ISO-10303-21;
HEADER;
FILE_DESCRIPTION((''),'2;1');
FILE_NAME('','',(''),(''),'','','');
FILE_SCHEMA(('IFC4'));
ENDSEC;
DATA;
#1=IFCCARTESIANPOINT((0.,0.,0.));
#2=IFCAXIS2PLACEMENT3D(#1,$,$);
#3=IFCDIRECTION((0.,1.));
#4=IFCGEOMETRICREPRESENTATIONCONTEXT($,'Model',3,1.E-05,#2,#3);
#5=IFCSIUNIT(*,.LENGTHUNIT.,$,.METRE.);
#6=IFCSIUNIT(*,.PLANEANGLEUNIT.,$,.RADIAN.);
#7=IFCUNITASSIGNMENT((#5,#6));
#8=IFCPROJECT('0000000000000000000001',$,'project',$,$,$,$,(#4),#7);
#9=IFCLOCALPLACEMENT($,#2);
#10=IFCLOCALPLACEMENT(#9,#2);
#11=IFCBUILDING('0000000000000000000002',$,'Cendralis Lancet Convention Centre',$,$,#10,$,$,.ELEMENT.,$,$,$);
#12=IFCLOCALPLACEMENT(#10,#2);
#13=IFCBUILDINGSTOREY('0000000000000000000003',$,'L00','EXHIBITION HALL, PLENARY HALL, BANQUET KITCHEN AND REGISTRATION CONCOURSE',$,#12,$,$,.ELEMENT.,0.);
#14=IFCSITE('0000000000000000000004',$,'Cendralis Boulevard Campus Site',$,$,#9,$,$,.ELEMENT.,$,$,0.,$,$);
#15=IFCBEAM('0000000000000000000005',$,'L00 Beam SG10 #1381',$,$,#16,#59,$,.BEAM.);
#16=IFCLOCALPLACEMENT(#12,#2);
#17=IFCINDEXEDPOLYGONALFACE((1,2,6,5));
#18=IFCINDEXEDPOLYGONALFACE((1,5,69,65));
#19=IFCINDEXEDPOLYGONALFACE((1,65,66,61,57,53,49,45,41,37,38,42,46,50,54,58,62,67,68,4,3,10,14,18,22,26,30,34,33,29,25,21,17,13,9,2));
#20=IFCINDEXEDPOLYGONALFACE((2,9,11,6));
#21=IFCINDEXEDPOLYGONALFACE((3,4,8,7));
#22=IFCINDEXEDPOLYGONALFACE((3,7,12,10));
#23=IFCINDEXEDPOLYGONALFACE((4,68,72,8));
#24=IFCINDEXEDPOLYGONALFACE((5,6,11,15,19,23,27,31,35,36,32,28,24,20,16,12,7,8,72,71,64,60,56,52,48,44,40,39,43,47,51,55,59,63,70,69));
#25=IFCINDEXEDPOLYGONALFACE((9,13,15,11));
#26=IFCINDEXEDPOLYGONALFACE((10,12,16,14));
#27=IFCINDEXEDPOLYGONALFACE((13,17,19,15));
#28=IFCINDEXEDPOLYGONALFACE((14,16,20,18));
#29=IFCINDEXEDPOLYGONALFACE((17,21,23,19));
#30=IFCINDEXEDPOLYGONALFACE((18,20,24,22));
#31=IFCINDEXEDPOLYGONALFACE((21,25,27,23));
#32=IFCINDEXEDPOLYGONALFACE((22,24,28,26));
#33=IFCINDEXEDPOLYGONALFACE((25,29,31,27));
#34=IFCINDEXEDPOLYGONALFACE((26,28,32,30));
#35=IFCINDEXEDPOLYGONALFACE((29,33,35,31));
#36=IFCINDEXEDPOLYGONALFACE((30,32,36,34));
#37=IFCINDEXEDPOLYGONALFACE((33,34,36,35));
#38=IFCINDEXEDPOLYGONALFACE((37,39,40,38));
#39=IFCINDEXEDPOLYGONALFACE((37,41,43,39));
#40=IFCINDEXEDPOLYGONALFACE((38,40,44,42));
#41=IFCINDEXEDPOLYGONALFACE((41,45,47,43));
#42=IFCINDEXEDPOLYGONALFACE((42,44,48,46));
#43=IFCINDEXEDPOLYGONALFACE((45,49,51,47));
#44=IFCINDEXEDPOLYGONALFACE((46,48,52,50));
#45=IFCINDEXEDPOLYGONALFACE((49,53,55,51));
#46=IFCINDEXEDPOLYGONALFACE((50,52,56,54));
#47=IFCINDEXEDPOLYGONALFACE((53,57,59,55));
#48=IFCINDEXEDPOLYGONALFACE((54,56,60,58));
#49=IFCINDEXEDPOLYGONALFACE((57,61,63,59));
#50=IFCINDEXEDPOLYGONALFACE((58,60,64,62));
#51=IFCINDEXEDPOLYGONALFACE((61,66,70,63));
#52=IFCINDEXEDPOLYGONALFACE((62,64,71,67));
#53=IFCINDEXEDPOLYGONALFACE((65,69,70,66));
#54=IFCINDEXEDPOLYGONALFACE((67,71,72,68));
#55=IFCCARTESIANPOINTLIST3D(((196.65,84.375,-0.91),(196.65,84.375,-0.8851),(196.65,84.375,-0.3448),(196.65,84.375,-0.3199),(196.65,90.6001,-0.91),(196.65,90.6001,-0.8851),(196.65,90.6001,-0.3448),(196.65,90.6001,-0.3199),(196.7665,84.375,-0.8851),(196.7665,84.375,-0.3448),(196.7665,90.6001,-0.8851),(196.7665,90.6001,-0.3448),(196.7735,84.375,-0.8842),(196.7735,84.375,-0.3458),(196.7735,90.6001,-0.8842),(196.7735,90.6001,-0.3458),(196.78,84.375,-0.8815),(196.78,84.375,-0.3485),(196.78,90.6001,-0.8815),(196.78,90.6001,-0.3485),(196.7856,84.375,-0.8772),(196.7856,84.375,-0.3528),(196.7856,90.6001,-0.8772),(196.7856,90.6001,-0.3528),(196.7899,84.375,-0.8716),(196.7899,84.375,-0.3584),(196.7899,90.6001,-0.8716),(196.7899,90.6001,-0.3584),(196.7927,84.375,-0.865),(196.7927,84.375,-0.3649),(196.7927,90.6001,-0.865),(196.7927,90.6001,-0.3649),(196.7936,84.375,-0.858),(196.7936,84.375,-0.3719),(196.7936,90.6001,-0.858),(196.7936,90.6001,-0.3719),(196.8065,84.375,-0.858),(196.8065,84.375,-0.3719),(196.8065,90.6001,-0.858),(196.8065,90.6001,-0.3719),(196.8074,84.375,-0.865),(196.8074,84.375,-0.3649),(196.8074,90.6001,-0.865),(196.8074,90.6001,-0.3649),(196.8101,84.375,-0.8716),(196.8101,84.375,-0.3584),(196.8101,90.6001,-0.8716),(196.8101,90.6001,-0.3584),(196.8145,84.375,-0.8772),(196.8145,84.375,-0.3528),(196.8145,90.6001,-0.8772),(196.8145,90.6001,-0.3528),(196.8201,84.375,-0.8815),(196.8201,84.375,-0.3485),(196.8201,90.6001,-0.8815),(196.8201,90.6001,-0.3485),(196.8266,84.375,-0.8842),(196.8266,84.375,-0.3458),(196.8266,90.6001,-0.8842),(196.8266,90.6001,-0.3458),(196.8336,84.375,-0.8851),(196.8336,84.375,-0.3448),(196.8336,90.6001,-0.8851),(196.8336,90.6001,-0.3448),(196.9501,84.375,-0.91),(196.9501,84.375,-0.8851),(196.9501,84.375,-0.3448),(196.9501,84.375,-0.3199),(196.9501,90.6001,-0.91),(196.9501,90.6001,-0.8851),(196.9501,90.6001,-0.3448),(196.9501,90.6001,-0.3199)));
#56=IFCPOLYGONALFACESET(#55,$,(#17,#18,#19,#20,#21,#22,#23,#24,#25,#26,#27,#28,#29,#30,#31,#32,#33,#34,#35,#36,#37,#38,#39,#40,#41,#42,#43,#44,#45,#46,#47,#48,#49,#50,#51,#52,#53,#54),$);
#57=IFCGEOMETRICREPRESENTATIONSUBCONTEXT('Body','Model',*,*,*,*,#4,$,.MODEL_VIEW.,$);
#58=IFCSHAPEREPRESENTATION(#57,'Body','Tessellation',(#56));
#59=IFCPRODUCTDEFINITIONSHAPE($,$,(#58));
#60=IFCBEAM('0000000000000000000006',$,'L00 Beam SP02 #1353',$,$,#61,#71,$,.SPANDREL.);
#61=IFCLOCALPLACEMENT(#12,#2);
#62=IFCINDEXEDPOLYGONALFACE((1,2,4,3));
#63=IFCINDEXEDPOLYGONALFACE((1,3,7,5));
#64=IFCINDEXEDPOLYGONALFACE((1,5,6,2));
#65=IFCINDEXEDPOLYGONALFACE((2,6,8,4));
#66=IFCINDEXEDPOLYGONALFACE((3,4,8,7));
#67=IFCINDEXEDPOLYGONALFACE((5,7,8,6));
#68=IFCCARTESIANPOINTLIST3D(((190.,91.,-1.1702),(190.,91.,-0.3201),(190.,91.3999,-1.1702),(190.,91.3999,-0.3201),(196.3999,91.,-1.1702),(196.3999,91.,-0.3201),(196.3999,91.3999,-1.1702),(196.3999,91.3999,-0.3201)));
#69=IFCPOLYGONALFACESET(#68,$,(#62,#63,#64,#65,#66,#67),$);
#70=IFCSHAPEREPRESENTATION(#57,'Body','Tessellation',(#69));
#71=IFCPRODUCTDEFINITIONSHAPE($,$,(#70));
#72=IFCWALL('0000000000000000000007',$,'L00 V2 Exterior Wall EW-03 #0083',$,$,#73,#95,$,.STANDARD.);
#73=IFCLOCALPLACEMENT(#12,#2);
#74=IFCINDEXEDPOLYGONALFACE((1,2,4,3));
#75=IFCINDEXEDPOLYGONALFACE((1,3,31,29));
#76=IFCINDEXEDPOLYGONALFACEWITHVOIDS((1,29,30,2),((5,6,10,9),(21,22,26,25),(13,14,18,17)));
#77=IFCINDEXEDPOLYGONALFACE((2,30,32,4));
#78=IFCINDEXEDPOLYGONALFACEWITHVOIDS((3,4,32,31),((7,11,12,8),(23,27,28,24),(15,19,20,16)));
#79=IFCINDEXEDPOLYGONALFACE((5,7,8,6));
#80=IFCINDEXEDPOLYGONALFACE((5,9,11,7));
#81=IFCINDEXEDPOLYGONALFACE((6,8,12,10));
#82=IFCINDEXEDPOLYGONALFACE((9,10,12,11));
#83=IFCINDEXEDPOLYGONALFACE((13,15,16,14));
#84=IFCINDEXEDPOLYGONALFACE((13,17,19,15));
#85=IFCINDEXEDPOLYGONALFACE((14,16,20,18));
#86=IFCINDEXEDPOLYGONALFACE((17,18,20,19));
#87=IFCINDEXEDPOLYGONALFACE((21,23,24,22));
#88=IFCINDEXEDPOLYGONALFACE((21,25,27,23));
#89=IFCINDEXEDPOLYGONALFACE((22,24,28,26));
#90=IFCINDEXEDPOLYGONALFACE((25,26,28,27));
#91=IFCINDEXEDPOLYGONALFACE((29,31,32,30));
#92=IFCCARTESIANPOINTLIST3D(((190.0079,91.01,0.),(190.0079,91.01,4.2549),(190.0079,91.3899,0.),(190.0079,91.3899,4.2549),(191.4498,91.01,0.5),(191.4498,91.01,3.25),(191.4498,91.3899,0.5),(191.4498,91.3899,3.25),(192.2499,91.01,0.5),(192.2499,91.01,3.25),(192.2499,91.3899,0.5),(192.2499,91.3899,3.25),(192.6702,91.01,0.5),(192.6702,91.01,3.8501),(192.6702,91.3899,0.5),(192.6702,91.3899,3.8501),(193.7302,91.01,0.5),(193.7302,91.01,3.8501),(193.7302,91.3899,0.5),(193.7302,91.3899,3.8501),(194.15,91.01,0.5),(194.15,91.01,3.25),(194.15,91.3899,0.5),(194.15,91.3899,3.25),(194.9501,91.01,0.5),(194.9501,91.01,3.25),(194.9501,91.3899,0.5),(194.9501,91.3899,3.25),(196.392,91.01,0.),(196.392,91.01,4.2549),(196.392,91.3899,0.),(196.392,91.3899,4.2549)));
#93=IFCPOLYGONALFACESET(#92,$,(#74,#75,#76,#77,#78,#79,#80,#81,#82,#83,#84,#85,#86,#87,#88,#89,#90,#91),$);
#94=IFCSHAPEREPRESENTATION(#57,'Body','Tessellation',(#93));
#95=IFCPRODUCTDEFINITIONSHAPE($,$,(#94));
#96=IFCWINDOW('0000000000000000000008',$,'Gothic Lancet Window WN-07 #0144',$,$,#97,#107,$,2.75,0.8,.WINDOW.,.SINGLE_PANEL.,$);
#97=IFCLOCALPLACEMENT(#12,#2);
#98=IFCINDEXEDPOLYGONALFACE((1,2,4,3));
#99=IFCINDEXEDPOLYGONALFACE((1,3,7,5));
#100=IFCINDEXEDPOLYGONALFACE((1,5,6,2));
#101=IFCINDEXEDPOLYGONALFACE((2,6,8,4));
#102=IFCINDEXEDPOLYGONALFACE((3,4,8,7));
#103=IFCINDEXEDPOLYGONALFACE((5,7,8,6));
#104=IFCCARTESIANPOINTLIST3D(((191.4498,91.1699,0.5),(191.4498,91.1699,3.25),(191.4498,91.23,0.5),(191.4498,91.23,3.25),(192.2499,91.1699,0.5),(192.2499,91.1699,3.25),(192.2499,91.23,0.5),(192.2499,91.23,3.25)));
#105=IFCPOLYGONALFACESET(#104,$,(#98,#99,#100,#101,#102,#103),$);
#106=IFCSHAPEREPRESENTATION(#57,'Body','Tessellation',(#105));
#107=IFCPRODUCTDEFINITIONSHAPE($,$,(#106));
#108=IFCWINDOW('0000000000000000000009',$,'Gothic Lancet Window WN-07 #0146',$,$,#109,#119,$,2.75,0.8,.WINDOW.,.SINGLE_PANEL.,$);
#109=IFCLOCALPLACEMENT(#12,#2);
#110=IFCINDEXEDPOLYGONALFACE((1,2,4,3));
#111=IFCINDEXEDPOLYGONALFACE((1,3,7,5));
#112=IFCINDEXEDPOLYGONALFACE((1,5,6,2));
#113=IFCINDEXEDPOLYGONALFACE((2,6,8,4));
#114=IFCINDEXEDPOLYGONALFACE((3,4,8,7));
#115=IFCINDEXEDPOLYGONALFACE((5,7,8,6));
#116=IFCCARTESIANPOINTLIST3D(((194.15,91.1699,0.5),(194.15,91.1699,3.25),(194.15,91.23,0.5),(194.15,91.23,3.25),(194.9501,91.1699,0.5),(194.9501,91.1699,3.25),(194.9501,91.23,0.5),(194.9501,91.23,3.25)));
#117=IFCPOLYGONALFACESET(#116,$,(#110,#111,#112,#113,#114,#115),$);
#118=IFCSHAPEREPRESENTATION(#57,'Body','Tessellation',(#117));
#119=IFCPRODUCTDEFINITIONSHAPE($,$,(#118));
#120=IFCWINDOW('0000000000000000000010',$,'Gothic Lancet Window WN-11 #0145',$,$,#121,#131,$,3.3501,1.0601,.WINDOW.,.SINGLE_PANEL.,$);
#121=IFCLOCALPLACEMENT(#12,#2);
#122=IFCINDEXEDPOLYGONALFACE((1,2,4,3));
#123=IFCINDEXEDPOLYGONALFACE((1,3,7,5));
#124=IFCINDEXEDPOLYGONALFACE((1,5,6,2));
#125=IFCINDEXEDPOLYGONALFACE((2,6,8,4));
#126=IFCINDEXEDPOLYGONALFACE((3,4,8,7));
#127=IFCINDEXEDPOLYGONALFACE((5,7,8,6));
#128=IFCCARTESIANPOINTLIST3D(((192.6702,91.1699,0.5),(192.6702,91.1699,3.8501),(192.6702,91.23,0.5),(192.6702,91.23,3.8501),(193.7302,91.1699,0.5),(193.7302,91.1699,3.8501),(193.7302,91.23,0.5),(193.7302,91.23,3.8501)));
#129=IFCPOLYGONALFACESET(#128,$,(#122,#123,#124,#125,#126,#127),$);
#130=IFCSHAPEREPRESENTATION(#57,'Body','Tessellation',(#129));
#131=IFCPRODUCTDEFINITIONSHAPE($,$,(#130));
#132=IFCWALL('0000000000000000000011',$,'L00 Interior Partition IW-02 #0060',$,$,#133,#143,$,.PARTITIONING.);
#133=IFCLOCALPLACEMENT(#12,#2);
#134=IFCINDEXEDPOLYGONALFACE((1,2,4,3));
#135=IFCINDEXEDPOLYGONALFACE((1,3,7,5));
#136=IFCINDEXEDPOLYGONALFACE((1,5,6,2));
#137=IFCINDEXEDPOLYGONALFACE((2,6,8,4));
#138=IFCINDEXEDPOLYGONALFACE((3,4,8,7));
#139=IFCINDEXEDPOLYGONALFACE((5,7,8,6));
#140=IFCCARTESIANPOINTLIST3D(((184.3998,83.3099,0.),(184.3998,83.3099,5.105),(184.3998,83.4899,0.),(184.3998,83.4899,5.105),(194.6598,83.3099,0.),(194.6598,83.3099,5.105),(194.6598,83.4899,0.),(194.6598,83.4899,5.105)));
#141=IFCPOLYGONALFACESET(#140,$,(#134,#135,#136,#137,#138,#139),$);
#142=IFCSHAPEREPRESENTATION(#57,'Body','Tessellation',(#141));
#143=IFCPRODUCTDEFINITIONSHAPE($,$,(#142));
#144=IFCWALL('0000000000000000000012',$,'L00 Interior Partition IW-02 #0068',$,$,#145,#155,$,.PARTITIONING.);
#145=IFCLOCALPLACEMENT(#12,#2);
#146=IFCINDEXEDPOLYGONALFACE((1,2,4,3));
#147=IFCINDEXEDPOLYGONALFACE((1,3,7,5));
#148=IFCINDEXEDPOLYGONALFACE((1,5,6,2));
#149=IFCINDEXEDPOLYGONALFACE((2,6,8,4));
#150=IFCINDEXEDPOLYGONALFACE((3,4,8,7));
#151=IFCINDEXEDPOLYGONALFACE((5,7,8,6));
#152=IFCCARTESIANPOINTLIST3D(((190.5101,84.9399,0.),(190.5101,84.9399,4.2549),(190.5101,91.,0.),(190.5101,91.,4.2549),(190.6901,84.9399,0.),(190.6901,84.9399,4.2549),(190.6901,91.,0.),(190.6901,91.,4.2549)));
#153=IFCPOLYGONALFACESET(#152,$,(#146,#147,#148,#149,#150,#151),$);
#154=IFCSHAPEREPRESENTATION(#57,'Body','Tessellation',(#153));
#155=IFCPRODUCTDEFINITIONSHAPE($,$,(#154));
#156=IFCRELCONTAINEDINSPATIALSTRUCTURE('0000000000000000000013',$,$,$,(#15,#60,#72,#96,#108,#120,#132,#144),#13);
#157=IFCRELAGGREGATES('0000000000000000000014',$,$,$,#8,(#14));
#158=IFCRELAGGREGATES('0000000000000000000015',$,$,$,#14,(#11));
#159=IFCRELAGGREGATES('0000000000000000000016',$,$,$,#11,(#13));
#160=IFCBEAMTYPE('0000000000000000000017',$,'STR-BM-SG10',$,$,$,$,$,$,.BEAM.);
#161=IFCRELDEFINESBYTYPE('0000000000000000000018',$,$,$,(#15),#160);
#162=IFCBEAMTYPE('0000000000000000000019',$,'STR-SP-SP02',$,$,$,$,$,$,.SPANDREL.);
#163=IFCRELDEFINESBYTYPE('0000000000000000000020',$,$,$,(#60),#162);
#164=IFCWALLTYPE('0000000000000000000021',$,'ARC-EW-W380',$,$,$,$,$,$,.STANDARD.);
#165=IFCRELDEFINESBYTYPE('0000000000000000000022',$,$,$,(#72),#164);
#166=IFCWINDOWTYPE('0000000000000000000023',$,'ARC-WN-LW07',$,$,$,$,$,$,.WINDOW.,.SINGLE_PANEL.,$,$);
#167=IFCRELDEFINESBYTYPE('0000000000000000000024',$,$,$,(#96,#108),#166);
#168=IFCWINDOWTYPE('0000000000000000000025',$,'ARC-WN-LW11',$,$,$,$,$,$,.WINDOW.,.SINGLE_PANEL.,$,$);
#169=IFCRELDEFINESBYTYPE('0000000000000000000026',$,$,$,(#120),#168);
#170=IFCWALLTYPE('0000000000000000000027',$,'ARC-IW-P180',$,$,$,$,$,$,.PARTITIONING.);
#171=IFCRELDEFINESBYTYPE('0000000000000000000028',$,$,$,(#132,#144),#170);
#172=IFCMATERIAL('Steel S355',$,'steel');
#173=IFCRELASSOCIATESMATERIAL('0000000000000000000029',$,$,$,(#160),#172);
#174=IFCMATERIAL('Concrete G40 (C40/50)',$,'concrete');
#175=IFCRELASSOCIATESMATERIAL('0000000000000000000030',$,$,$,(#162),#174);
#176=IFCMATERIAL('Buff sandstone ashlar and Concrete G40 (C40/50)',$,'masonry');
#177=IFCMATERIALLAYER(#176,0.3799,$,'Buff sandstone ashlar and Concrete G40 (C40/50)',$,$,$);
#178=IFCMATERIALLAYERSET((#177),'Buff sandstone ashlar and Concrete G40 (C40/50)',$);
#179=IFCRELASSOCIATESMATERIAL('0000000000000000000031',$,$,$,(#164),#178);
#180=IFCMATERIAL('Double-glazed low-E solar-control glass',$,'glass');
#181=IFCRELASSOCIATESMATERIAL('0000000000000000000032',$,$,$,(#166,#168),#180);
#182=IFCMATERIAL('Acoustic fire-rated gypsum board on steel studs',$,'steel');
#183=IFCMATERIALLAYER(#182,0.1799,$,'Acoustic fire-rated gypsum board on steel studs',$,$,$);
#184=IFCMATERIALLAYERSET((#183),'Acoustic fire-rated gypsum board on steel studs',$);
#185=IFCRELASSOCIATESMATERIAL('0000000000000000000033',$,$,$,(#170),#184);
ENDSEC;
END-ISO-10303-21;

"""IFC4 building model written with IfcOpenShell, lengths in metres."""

from ifc_helpers import new_model, si_unit, direction, frame, frame_2d, origin, origin_2d, place, context, subcontext, project, spatial, rectangle, i_section, extrude, material, layer, layer_set, material_profile, profile_set, type_object, element, fill, save


model = new_model("IFC4")

# Units and contexts
model_context = context("Model", 3, precision=1e-05, world=origin(), true_north=direction((0.0, 1.0)))
body_context = subcontext(model_context, "Body", "Model", "MODEL_VIEW")
ifc_project = project(units=[si_unit("LENGTHUNIT", "METRE"), si_unit("PLANEANGLEUNIT", "RADIAN")], contexts=[model_context])

# Site, building, storey
site_placement = place(None, origin())
site = spatial("IfcSite", under=ifc_project, at=site_placement, Name="Cendralis Boulevard Campus Site", CompositionType="ELEMENT", RefElevation=0.0)
building_placement = place(site_placement, origin())
building = spatial("IfcBuilding", under=site, at=building_placement, Name="Cendralis Lancet Convention Centre", CompositionType="ELEMENT")
storey_placement = place(building_placement, origin())
storey = spatial("IfcBuildingStorey", under=building, at=storey_placement, Name="L00", Description="EXHIBITION HALL, PLENARY HALL, BANQUET KITCHEN AND REGISTRATION CONCOURSE", CompositionType="ELEMENT", Elevation=0.0)

# Shared definitions
ifc_material_1 = material(Name="Concrete G40 (C40/50)", Category="concrete")

# Beams
ifc_material_2 = material(Name="Steel S355", Category="steel")
ifc_material_profile_1 = material_profile(ifc_material_2, i_section(OverallWidth=0.3, OverallDepth=0.5901, WebThickness=0.0129, FlangeThickness=0.0249, FilletRadius=0.0271, at=origin_2d()), Name="HEA 600")
ifc_profile_set_1 = profile_set([ifc_material_profile_1], Name="Steel S355")
beam_type_1 = type_object("IfcBeamType", Name="STR-BM-SG10", PredefinedType="BEAM", material=ifc_profile_set_1)
beam_1_placement = place(storey_placement, frame((196.8, 84.375, -0.615), z_axis=(0.0, 1.0, 0.0), x_axis=(-1.0, 0.0, 0.0)))
element("IfcBeam", 1, at=beam_1_placement, inside=storey, type_object=beam_type_1, Name="L00 Beam SG10 #1381", PredefinedType="BEAM", context=body_context, shape_type="SweptSolid", body=[
    extrude(i_section(OverallWidth=0.3, OverallDepth=0.5901, WebThickness=0.0129, FlangeThickness=0.0249, FilletRadius=0.0271, at=origin_2d()), origin(), (0.0, 0.0, 1.0), 6.2251),
])
ifc_material_profile_2 = material_profile(ifc_material_1, rectangle(XDim=0.3999, YDim=0.8501, at=origin_2d()), Name="RCB 400x850")
ifc_profile_set_2 = profile_set([ifc_material_profile_2], Name="Concrete G40 (C40/50)")
beam_type_2 = type_object("IfcBeamType", Name="STR-SP-SP02", PredefinedType="SPANDREL", material=ifc_profile_set_2)
beam_2_placement = place(storey_placement, frame((190.0, 91.2, -0.7451), z_axis=(1.0, 0.0, 0.0), x_axis=(0.0, 1.0, 0.0)))
element("IfcBeam", 2, at=beam_2_placement, inside=storey, type_object=beam_type_2, Name="L00 Beam SP02 #1353", PredefinedType="SPANDREL", context=body_context, shape_type="SweptSolid", body=[
    extrude(rectangle(XDim=0.3999, YDim=0.8501, at=origin_2d()), origin(), (0.0, 0.0, 1.0), 6.3999),
])

# Wall, openings, windows
ifc_material_3 = material(Name="Buff sandstone ashlar and Concrete G40 (C40/50)", Category="masonry")
ifc_layer_1 = layer(ifc_material_3, 0.3799, Name="Buff sandstone ashlar and Concrete G40 (C40/50)")
ifc_layer_set_1 = layer_set([ifc_layer_1], Name="Buff sandstone ashlar and Concrete G40 (C40/50)")
wall_type_1 = type_object("IfcWallType", Name="ARC-EW-W380", PredefinedType="STANDARD", material=ifc_layer_set_1)
wall_1_placement = place(storey_placement, frame((190.0081, 91.2, 0.0), z_axis=(0.0, 0.0, 1.0), x_axis=(1.0, 0.0, 0.0)))
wall_1 = element("IfcWall", 3, at=wall_1_placement, inside=storey, type_object=wall_type_1, Name="L00 V2 Exterior Wall EW-03 #0083", PredefinedType="STANDARD", context=body_context, shape_type="SweptSolid", body=[
    extrude(rectangle(XDim=6.384, YDim=0.3799, at=frame_2d((3.1919, 0.0))), origin(), (0.0, 0.0, 1.0), 4.2549),
])
opening_1_placement = place(wall_1_placement, frame((1.4419, 0.0, 0.5)))
opening_1 = element("IfcOpeningElement", 4, at=opening_1_placement, cuts=wall_1, PredefinedType="OPENING", context=body_context, shape_type="SweptSolid", body=[
    extrude(rectangle(XDim=0.8, YDim=2.75, at=frame_2d((0.3999, 1.375))), frame((0.0, 0.2, 0.0), z_axis=(0.0, -1.0, 0.0), x_axis=(1.0, 0.0, 0.0)), (0.0, 0.0, 1.0), 0.3999),
])
opening_2_placement = place(wall_1_placement, frame((2.6621, 0.0, 0.5)))
opening_2 = element("IfcOpeningElement", 5, at=opening_2_placement, cuts=wall_1, PredefinedType="OPENING", context=body_context, shape_type="SweptSolid", body=[
    extrude(rectangle(XDim=1.0601, YDim=3.3501, at=frame_2d((0.53, 1.675))), frame((0.0, 0.2, 0.0), z_axis=(0.0, -1.0, 0.0), x_axis=(1.0, 0.0, 0.0)), (0.0, 0.0, 1.0), 0.3999),
])
opening_3_placement = place(wall_1_placement, frame((4.1421, 0.0, 0.5)))
opening_3 = element("IfcOpeningElement", 6, at=opening_3_placement, cuts=wall_1, PredefinedType="OPENING", context=body_context, shape_type="SweptSolid", body=[
    extrude(rectangle(XDim=0.8, YDim=2.75, at=frame_2d((0.3999, 1.375))), frame((0.0, 0.2, 0.0), z_axis=(0.0, -1.0, 0.0), x_axis=(1.0, 0.0, 0.0)), (0.0, 0.0, 1.0), 0.3999),
])
ifc_material_4 = material(Name="Double-glazed low-E solar-control glass", Category="glass")
window_type_1 = type_object("IfcWindowType", Name="ARC-WN-LW07", PartitioningType="SINGLE_PANEL", PredefinedType="WINDOW", material=ifc_material_4)
window_1_placement = place(opening_1_placement, origin())
window_1 = element("IfcWindow", 7, at=window_1_placement, inside=storey, type_object=window_type_1, Name="Gothic Lancet Window WN-07 #0144", OverallHeight=2.75, OverallWidth=0.8, PartitioningType="SINGLE_PANEL", PredefinedType="WINDOW", context=body_context, shape_type="SweptSolid", body=[
    extrude(rectangle(XDim=0.8, YDim=2.75, at=frame_2d((0.3999, 1.375))), frame((0.0, 0.03, 0.0), z_axis=(0.0, -1.0, 0.0), x_axis=(1.0, 0.0, 0.0)), (0.0, 0.0, 1.0), 0.0601),
])
fill(opening_1, window_1)
window_2_placement = place(opening_3_placement, origin())
window_2 = element("IfcWindow", 8, at=window_2_placement, inside=storey, type_object=window_type_1, Name="Gothic Lancet Window WN-07 #0146", OverallHeight=2.75, OverallWidth=0.8, PartitioningType="SINGLE_PANEL", PredefinedType="WINDOW", context=body_context, shape_type="SweptSolid", body=[
    extrude(rectangle(XDim=0.8, YDim=2.75, at=frame_2d((0.3999, 1.375))), frame((0.0, 0.03, 0.0), z_axis=(0.0, -1.0, 0.0), x_axis=(1.0, 0.0, 0.0)), (0.0, 0.0, 1.0), 0.0601),
])
fill(opening_3, window_2)
window_type_2 = type_object("IfcWindowType", Name="ARC-WN-LW11", PartitioningType="SINGLE_PANEL", PredefinedType="WINDOW", material=ifc_material_4)
window_3_placement = place(opening_2_placement, origin())
window_3 = element("IfcWindow", 9, at=window_3_placement, inside=storey, type_object=window_type_2, Name="Gothic Lancet Window WN-11 #0145", OverallHeight=3.3501, OverallWidth=1.0601, PartitioningType="SINGLE_PANEL", PredefinedType="WINDOW", context=body_context, shape_type="SweptSolid", body=[
    extrude(rectangle(XDim=1.0601, YDim=3.3501, at=frame_2d((0.53, 1.675))), frame((0.0, 0.03, 0.0), z_axis=(0.0, -1.0, 0.0), x_axis=(1.0, 0.0, 0.0)), (0.0, 0.0, 1.0), 0.0601),
])
fill(opening_2, window_3)

# Walls
ifc_material_5 = material(Name="Acoustic fire-rated gypsum board on steel studs", Category="steel")
ifc_layer_2 = layer(ifc_material_5, 0.1799, Name="Acoustic fire-rated gypsum board on steel studs")
ifc_layer_set_2 = layer_set([ifc_layer_2], Name="Acoustic fire-rated gypsum board on steel studs")
wall_type_2 = type_object("IfcWallType", Name="ARC-IW-P180", PredefinedType="PARTITIONING", material=ifc_layer_set_2)
wall_2_placement = place(storey_placement, frame((184.3999, 83.3999, 0.0), z_axis=(0.0, 0.0, 1.0), x_axis=(1.0, 0.0, 0.0)))
element("IfcWall", 10, at=wall_2_placement, inside=storey, type_object=wall_type_2, Name="L00 Interior Partition IW-02 #0060", PredefinedType="PARTITIONING", context=body_context, shape_type="SweptSolid", body=[
    extrude(rectangle(XDim=10.26, YDim=0.1799, at=frame_2d((5.1299, 0.0))), origin(), (0.0, 0.0, 1.0), 5.105),
])
wall_3_placement = place(storey_placement, frame((190.6001, 84.9399, 0.0), z_axis=(0.0, 0.0, 1.0), x_axis=(0.0, 1.0, 0.0)))
element("IfcWall", 11, at=wall_3_placement, inside=storey, type_object=wall_type_2, Name="L00 Interior Partition IW-02 #0068", PredefinedType="PARTITIONING", context=body_context, shape_type="SweptSolid", body=[
    extrude(rectangle(XDim=6.0601, YDim=0.1799, at=frame_2d((3.03, 0.0))), origin(), (0.0, 0.0, 1.0), 4.2549),
])

save(model, "model.ifc")
